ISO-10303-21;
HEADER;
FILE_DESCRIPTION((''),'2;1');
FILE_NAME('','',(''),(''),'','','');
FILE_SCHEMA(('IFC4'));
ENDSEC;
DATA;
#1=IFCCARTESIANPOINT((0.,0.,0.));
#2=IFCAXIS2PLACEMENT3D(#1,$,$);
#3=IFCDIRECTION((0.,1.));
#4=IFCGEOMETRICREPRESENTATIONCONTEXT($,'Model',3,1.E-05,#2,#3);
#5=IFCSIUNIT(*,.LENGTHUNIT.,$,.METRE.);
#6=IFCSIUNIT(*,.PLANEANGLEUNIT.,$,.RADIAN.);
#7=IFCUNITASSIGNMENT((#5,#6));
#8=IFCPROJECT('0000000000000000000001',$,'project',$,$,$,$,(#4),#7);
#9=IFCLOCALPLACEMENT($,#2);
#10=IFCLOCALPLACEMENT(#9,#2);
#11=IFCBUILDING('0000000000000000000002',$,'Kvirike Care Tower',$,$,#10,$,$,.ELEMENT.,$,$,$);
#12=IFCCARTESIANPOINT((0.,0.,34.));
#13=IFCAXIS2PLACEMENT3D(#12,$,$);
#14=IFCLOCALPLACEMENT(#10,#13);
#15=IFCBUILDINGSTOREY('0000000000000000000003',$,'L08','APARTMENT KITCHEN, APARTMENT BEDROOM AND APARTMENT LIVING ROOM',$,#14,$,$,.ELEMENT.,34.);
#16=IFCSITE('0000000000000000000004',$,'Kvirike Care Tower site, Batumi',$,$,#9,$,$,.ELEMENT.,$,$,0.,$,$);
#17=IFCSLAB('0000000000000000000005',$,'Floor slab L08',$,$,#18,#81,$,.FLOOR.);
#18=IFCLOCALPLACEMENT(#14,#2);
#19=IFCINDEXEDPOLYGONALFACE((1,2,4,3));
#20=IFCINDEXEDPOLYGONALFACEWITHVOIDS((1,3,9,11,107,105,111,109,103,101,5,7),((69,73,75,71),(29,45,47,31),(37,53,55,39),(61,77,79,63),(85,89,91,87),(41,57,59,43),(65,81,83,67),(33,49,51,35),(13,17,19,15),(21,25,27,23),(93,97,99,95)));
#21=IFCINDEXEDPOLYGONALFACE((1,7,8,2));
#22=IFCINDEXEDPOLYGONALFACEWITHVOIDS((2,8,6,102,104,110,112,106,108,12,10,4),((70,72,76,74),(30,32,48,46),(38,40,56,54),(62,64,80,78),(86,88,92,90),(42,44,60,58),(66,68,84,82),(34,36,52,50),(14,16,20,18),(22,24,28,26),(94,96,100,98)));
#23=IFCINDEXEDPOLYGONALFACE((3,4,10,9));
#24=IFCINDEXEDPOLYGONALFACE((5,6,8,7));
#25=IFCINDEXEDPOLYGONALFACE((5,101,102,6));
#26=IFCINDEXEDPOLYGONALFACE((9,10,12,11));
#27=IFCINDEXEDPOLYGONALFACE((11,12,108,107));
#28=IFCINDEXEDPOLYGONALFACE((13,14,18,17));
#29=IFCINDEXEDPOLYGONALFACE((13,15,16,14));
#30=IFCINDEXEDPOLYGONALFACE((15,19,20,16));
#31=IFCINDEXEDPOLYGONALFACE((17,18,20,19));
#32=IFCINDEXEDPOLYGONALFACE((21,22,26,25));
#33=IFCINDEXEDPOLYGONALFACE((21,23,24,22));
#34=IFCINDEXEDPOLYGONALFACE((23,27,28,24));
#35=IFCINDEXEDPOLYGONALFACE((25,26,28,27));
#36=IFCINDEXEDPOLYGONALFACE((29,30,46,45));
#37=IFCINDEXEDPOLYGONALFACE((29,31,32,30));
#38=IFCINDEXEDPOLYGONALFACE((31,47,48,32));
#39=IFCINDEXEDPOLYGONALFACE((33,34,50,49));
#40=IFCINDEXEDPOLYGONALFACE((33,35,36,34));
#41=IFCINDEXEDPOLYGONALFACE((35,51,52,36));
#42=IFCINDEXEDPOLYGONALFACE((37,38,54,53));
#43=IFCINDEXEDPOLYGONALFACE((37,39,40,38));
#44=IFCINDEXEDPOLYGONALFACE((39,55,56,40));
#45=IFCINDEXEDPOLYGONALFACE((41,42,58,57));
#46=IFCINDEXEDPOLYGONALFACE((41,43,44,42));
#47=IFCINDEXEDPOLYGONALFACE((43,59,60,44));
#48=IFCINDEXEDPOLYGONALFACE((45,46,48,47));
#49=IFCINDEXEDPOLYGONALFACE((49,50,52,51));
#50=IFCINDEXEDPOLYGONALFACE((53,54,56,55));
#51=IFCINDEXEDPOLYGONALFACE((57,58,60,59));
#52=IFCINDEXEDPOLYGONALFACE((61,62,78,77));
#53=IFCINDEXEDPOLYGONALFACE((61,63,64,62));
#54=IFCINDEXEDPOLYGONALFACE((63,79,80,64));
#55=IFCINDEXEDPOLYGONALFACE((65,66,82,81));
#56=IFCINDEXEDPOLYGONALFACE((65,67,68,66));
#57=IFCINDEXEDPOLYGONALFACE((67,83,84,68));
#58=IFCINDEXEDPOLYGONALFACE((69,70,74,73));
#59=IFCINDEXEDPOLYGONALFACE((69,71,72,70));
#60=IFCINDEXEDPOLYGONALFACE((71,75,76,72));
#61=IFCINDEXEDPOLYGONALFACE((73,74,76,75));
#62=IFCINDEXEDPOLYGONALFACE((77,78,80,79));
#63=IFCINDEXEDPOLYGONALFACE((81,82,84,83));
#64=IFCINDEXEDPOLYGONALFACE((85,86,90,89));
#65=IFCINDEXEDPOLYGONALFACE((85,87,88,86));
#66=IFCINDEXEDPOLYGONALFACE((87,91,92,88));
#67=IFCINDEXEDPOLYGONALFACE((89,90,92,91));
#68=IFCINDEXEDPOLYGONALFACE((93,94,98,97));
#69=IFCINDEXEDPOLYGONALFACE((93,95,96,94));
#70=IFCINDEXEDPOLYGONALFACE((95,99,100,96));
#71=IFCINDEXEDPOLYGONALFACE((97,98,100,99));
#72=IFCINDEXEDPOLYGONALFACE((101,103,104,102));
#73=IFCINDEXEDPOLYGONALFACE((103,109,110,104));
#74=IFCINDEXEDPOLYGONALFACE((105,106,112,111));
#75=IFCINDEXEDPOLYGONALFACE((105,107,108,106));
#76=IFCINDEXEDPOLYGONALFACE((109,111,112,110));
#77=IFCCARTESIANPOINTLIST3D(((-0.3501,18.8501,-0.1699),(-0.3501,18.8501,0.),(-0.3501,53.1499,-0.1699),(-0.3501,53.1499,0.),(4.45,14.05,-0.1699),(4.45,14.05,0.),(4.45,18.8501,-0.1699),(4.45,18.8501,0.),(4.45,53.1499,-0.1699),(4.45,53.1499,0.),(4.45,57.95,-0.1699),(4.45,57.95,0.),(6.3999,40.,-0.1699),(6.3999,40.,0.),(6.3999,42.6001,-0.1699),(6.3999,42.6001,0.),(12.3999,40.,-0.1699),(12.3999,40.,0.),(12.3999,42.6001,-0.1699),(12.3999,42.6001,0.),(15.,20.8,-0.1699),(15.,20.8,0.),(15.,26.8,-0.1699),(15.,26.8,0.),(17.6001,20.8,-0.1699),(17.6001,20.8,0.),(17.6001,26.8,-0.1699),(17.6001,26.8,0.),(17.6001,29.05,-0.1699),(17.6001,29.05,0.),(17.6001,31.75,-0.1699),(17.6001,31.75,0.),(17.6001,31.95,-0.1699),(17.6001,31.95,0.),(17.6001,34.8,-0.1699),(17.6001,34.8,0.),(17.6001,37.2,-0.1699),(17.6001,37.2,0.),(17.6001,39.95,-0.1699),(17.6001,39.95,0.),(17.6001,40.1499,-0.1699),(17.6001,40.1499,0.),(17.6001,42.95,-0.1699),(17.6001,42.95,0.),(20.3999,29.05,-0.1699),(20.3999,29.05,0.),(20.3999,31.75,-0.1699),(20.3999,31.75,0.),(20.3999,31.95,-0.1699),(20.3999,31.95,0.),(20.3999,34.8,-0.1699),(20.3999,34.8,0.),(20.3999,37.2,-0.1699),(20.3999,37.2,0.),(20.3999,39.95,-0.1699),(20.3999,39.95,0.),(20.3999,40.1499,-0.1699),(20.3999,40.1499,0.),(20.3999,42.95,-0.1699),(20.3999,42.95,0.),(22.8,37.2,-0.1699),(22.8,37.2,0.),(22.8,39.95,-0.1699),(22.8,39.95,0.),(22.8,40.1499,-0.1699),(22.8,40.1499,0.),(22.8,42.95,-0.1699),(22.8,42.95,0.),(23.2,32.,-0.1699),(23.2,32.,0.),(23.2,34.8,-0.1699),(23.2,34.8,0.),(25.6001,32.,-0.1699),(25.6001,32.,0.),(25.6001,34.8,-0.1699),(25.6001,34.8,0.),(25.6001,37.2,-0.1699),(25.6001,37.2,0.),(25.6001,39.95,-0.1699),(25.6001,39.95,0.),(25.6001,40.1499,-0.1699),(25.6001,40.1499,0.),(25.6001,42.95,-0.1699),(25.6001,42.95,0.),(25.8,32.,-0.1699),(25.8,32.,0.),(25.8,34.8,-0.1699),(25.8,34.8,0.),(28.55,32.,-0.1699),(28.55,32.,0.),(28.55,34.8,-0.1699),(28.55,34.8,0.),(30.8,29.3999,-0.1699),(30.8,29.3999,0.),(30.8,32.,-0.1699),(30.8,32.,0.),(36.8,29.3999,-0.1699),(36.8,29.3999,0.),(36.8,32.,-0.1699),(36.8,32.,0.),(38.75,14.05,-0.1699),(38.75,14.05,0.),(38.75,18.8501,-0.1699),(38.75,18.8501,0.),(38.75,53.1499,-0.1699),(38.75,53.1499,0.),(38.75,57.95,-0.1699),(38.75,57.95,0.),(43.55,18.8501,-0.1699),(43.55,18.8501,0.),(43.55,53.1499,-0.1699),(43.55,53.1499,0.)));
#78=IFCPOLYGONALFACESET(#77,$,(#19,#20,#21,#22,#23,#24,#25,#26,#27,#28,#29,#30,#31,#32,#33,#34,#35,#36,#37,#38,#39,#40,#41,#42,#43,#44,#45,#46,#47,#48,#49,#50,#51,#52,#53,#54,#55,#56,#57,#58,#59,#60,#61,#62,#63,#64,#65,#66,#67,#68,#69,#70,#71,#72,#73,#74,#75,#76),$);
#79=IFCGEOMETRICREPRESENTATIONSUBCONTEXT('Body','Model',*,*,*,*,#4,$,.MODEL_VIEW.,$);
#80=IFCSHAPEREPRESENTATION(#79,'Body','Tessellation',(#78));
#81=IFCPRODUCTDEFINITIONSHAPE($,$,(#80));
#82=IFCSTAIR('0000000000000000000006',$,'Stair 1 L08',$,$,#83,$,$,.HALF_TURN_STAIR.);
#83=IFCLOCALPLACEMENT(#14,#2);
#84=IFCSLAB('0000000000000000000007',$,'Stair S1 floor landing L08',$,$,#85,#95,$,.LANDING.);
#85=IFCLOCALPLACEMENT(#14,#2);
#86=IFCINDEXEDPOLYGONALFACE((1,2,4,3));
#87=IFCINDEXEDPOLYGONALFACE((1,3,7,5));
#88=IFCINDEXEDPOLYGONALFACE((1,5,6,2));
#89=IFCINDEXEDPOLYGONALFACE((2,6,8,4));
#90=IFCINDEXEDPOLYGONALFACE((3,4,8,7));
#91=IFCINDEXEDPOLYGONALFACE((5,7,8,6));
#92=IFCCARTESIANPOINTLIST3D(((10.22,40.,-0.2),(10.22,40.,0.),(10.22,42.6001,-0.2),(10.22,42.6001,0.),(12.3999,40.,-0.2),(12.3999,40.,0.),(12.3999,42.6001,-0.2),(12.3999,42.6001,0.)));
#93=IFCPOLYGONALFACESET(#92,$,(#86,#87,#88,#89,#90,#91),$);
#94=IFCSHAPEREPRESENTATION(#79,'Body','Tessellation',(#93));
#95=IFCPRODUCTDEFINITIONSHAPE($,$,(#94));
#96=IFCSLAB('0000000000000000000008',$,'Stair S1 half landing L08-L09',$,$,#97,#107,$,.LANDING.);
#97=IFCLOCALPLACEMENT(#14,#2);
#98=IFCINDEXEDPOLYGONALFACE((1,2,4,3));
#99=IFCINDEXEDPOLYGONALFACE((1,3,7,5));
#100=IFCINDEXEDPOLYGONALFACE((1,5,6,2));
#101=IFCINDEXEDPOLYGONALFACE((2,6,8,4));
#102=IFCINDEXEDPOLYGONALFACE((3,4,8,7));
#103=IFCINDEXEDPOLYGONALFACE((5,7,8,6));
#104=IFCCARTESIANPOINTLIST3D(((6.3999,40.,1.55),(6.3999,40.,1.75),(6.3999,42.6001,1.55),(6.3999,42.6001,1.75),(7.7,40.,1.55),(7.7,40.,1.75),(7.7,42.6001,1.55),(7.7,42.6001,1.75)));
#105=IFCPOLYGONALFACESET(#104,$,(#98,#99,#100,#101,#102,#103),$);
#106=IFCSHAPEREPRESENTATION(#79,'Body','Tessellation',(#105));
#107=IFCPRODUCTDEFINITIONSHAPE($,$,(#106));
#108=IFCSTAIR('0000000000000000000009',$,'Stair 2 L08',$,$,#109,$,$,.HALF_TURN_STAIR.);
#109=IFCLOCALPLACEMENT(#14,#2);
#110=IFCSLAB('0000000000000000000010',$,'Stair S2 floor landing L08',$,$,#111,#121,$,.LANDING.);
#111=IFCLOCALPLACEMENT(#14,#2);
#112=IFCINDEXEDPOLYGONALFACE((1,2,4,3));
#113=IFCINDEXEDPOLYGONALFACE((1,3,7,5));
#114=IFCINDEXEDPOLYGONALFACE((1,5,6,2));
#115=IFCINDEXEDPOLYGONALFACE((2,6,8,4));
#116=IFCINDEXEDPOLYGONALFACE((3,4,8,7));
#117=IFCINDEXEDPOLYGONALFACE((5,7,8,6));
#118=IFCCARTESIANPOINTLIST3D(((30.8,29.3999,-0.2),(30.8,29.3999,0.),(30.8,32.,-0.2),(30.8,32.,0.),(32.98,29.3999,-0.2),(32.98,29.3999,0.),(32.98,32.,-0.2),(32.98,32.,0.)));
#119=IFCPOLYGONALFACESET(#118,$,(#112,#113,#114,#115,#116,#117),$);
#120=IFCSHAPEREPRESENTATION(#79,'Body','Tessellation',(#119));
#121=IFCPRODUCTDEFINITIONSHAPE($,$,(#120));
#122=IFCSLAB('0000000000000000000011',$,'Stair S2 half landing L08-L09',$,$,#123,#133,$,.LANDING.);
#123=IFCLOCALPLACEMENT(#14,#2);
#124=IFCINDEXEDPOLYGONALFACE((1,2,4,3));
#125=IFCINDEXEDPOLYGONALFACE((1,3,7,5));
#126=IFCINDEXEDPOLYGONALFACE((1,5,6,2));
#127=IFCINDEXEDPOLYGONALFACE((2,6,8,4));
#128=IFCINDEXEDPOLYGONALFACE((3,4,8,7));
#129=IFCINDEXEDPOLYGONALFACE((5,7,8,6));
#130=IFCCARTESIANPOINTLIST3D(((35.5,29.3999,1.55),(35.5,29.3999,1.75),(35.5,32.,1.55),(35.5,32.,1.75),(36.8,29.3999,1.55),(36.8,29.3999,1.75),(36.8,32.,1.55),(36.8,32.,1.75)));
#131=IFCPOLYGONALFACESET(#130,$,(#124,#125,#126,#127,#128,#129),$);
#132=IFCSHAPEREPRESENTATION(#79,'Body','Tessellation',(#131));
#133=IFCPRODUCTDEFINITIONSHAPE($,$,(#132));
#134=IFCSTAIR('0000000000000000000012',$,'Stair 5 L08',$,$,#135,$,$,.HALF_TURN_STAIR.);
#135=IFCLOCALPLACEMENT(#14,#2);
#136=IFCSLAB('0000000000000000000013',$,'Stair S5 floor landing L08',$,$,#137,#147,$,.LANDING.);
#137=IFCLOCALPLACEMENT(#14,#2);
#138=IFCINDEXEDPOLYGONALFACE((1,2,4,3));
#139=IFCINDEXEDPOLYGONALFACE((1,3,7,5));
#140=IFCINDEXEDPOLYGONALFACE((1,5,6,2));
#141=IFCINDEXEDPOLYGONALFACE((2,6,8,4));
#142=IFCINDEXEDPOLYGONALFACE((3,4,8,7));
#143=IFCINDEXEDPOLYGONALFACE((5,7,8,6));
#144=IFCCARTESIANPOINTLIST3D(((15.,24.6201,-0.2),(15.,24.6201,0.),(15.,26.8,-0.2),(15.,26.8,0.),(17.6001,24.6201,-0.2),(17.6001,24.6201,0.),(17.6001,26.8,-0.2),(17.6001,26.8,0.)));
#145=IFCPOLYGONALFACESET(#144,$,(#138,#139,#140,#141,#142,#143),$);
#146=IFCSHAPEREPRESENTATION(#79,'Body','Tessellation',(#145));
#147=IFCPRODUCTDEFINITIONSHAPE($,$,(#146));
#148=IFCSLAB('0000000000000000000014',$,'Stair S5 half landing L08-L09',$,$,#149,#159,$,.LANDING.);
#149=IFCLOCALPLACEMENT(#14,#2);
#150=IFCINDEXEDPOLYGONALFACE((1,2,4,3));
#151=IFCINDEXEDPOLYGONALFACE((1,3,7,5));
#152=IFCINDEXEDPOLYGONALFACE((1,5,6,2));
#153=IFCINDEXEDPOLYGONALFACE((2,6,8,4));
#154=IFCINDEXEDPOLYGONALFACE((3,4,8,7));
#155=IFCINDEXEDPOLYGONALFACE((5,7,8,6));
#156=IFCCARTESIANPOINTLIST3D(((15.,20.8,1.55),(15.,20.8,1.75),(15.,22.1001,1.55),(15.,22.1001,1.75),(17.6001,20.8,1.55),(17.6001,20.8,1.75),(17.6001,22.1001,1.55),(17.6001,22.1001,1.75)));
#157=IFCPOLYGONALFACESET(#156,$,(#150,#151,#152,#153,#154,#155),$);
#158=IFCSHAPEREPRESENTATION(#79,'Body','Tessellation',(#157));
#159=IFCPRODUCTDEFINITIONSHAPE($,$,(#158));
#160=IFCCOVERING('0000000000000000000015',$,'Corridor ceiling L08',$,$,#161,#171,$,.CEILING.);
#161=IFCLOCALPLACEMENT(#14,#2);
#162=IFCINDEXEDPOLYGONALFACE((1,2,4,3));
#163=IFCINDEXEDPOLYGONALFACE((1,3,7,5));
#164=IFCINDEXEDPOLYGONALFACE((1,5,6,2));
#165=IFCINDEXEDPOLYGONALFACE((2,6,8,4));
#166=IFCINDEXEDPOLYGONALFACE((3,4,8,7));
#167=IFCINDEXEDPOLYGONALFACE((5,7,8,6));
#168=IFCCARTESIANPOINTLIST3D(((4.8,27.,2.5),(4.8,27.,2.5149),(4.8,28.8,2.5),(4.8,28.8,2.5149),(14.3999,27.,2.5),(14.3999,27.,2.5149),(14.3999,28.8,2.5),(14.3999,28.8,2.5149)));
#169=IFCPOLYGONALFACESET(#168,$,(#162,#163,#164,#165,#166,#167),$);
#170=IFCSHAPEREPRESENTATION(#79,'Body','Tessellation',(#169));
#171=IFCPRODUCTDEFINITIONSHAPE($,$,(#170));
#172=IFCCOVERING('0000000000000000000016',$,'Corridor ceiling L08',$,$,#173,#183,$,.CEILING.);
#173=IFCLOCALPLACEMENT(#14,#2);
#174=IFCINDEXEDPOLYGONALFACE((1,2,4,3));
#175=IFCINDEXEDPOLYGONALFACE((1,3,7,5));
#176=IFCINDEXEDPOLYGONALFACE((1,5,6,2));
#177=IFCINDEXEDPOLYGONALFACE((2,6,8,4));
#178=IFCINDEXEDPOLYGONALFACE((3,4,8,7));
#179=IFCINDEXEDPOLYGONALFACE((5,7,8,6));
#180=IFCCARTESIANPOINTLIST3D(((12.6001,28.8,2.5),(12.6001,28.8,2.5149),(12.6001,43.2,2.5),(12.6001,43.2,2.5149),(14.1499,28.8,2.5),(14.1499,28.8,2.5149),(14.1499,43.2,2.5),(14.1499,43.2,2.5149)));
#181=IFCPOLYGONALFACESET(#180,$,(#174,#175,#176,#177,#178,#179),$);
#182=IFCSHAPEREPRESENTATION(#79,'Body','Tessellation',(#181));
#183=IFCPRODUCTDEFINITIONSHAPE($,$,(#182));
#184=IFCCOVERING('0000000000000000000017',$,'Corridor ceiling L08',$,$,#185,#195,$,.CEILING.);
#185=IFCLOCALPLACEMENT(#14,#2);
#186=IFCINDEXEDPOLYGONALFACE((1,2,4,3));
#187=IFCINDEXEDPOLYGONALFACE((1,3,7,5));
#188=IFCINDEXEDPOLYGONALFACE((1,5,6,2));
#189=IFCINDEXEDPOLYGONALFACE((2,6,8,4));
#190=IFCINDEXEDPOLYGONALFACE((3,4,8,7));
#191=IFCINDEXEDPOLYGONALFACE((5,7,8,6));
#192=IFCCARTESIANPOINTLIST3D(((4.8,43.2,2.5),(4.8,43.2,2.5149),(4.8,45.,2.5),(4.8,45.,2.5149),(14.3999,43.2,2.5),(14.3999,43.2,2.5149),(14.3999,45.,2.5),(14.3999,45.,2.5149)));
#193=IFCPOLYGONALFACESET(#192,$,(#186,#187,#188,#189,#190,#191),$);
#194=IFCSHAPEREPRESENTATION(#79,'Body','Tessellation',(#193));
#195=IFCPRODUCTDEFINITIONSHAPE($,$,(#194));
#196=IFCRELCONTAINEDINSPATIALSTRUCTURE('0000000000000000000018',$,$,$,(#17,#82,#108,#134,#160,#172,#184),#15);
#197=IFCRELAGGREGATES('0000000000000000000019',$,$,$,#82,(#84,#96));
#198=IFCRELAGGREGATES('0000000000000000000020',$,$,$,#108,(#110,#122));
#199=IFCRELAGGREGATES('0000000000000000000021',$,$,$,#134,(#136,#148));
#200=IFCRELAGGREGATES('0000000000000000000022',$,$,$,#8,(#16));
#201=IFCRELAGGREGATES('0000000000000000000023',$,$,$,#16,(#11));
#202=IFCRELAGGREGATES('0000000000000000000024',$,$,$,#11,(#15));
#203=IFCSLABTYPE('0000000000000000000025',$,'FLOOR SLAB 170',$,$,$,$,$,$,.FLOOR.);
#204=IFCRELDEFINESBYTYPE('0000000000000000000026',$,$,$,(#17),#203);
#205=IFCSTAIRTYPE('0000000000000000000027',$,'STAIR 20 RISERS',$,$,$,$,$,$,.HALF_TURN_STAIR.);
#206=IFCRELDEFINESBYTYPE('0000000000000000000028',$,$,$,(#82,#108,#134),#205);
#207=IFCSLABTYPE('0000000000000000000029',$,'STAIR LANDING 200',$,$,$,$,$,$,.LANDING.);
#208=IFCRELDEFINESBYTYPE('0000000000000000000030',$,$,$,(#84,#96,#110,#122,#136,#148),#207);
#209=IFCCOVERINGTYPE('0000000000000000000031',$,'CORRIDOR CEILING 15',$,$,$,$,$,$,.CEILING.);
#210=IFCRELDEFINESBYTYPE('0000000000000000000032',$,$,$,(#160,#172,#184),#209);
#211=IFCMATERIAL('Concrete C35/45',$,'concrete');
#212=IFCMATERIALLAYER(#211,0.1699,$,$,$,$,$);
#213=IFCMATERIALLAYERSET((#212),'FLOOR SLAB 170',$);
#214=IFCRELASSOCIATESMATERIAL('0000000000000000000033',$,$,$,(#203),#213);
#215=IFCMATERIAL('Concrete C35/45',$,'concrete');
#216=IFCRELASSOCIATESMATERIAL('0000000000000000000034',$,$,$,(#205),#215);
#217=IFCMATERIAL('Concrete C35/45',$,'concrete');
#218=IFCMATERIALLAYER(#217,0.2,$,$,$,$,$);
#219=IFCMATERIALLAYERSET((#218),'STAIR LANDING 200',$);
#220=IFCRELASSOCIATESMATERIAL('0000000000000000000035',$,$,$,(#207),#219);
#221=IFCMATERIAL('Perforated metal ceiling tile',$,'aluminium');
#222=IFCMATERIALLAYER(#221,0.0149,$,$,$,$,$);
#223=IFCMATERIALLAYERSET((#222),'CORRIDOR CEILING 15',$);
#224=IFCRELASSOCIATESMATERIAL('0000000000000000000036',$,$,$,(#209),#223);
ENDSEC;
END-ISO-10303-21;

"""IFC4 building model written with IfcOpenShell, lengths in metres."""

from ifc_helpers import new_model, si_unit, direction, frame, origin, place, context, subcontext, project, spatial, polyline, outline, extrude, material, layer, layer_set, type_object, element, aggregate, save


model = new_model("IFC4")

# Units and contexts
model_context = context("Model", 3, precision=1e-05, world=origin(), true_north=direction((0.0, 1.0)))
body_context = subcontext(model_context, "Body", "Model", "MODEL_VIEW")
ifc_project = project(units=[si_unit("LENGTHUNIT", "METRE"), si_unit("PLANEANGLEUNIT", "RADIAN")], contexts=[model_context])

# Site, building, storey
site_placement = place(None, origin())
site = spatial("IfcSite", under=ifc_project, at=site_placement, Name="Kvirike Care Tower site, Batumi", CompositionType="ELEMENT", RefElevation=0.0)
building_placement = place(site_placement, origin())
building = spatial("IfcBuilding", under=site, at=building_placement, Name="Kvirike Care Tower", CompositionType="ELEMENT")
storey_placement = place(building_placement, frame((0.0, 0.0, 34.0)))
storey = spatial("IfcBuildingStorey", under=building, at=storey_placement, Name="L08", Description="APARTMENT KITCHEN, APARTMENT BEDROOM AND APARTMENT LIVING ROOM", CompositionType="ELEMENT", Elevation=34.0)

# Slab
ifc_material_1 = material(Name="Concrete C35/45", Category="concrete")
ifc_layer_1 = layer(ifc_material_1, 0.1699)
ifc_layer_set_1 = layer_set([ifc_layer_1], Name="FLOOR SLAB 170")
slab_type_1 = type_object("IfcSlabType", Name="FLOOR SLAB 170", PredefinedType="FLOOR", material=ifc_layer_set_1)
slab_1_placement = place(storey_placement, frame((0.0, 0.0, -0.1699)))
element("IfcSlab", 1, at=slab_1_placement, inside=storey, type_object=slab_type_1, Name="Floor slab L08", PredefinedType="FLOOR", context=body_context, shape_type="SweptSolid", body=[
    extrude(outline(polyline([(-0.3501, 53.1499), (-0.3501, 18.8501), (4.45, 18.8501), (4.45, 14.05), (38.75, 14.05), (38.75, 18.8501), (43.55, 18.8501), (43.55, 53.1499), (38.75, 53.1499), (38.75, 57.95), (4.45, 57.95), (4.45, 53.1499), (-0.3501, 53.1499)]), holes=[polyline([(17.6001, 29.05), (17.6001, 31.75), (20.3999, 31.75), (20.3999, 29.05), (17.6001, 29.05)]), polyline([(17.6001, 31.95), (17.6001, 34.8), (20.3999, 34.8), (20.3999, 31.95), (17.6001, 31.95)]), polyline([(17.6001, 37.2), (17.6001, 39.95), (20.3999, 39.95), (20.3999, 37.2), (17.6001, 37.2)]), polyline([(17.6001, 40.1499), (17.6001, 42.95), (20.3999, 42.95), (20.3999, 40.1499), (17.6001, 40.1499)]), polyline([(22.8, 37.2), (22.8, 39.95), (25.6001, 39.95), (25.6001, 37.2), (22.8, 37.2)]), polyline([(22.8, 40.1499), (22.8, 42.95), (25.6001, 42.95), (25.6001, 40.1499), (22.8, 40.1499)]), polyline([(23.2, 32.0), (23.2, 34.8), (25.6001, 34.8), (25.6001, 32.0), (23.2, 32.0)]), polyline([(25.8, 32.0), (25.8, 34.8), (28.55, 34.8), (28.55, 32.0), (25.8, 32.0)]), polyline([(12.3999, 42.6001), (12.3999, 40.0), (6.3999, 40.0), (6.3999, 42.6001), (12.3999, 42.6001)]), polyline([(30.8, 29.3999), (30.8, 32.0), (36.8, 32.0), (36.8, 29.3999), (30.8, 29.3999)]), polyline([(15.0, 26.8), (17.6001, 26.8), (17.6001, 20.8), (15.0, 20.8), (15.0, 26.8)])]), origin(), (0.0, 0.0, 1.0), 0.1699),
])

# Stairs, slabs
ifc_material_2 = material(Name="Concrete C35/45", Category="concrete")
stair_type = type_object("IfcStairType", Name="STAIR 20 RISERS", PredefinedType="HALF_TURN_STAIR", material=ifc_material_2)
stair_1_placement = place(storey_placement, origin())
stair_1 = element("IfcStair", 2, at=stair_1_placement, inside=storey, type_object=stair_type, Name="Stair 1 L08", PredefinedType="HALF_TURN_STAIR")
ifc_material_3 = material(Name="Concrete C35/45", Category="concrete")
ifc_layer_2 = layer(ifc_material_3, 0.2)
ifc_layer_set_2 = layer_set([ifc_layer_2], Name="STAIR LANDING 200")
slab_type_2 = type_object("IfcSlabType", Name="STAIR LANDING 200", PredefinedType="LANDING", material=ifc_layer_set_2)
slab_2_placement = place(storey_placement, frame((0.0, 0.0, -0.2)))
slab_2 = element("IfcSlab", 3, at=slab_2_placement, type_object=slab_type_2, Name="Stair S1 floor landing L08", PredefinedType="LANDING", context=body_context, shape_type="SweptSolid", body=[
    extrude(outline(polyline([(10.22, 42.6001), (10.22, 40.0), (12.3999, 40.0), (12.3999, 42.6001), (10.22, 42.6001)])), origin(), (0.0, 0.0, 1.0), 0.2),
])
slab_3_placement = place(storey_placement, frame((0.0, 0.0, 1.55)))
slab_3 = element("IfcSlab", 4, at=slab_3_placement, type_object=slab_type_2, Name="Stair S1 half landing L08-L09", PredefinedType="LANDING", context=body_context, shape_type="SweptSolid", body=[
    extrude(outline(polyline([(6.3999, 42.6001), (6.3999, 40.0), (7.7, 40.0), (7.7, 42.6001), (6.3999, 42.6001)])), origin(), (0.0, 0.0, 1.0), 0.2),
])
aggregate(stair_1, [slab_2, slab_3])
stair_2_placement = place(storey_placement, origin())
stair_2 = element("IfcStair", 5, at=stair_2_placement, inside=storey, type_object=stair_type, Name="Stair 2 L08", PredefinedType="HALF_TURN_STAIR")
slab_4_placement = place(storey_placement, frame((0.0, 0.0, -0.2)))
slab_4 = element("IfcSlab", 6, at=slab_4_placement, type_object=slab_type_2, Name="Stair S2 floor landing L08", PredefinedType="LANDING", context=body_context, shape_type="SweptSolid", body=[
    extrude(outline(polyline([(32.98, 29.3999), (32.98, 32.0), (30.8, 32.0), (30.8, 29.3999), (32.98, 29.3999)])), origin(), (0.0, 0.0, 1.0), 0.2),
])
slab_5_placement = place(storey_placement, frame((0.0, 0.0, 1.55)))
slab_5 = element("IfcSlab", 7, at=slab_5_placement, type_object=slab_type_2, Name="Stair S2 half landing L08-L09", PredefinedType="LANDING", context=body_context, shape_type="SweptSolid", body=[
    extrude(outline(polyline([(36.8, 29.3999), (36.8, 32.0), (35.5, 32.0), (35.5, 29.3999), (36.8, 29.3999)])), origin(), (0.0, 0.0, 1.0), 0.2),
])
aggregate(stair_2, [slab_4, slab_5])
stair_3_placement = place(storey_placement, origin())
stair_3 = element("IfcStair", 8, at=stair_3_placement, inside=storey, type_object=stair_type, Name="Stair 5 L08", PredefinedType="HALF_TURN_STAIR")
slab_6_placement = place(storey_placement, frame((0.0, 0.0, -0.2)))
slab_6 = element("IfcSlab", 9, at=slab_6_placement, type_object=slab_type_2, Name="Stair S5 floor landing L08", PredefinedType="LANDING", context=body_context, shape_type="SweptSolid", body=[
    extrude(outline(polyline([(15.0, 24.6201), (17.6001, 24.6201), (17.6001, 26.8), (15.0, 26.8), (15.0, 24.6201)])), origin(), (0.0, 0.0, 1.0), 0.2),
])
slab_7_placement = place(storey_placement, frame((0.0, 0.0, 1.55)))
slab_7 = element("IfcSlab", 10, at=slab_7_placement, type_object=slab_type_2, Name="Stair S5 half landing L08-L09", PredefinedType="LANDING", context=body_context, shape_type="SweptSolid", body=[
    extrude(outline(polyline([(15.0, 20.8), (17.6001, 20.8), (17.6001, 22.1001), (15.0, 22.1001), (15.0, 20.8)])), origin(), (0.0, 0.0, 1.0), 0.2),
])
aggregate(stair_3, [slab_6, slab_7])

# Coverings
ifc_material_4 = material(Name="Perforated metal ceiling tile", Category="aluminium")
ifc_layer_3 = layer(ifc_material_4, 0.0149)
ifc_layer_set_3 = layer_set([ifc_layer_3], Name="CORRIDOR CEILING 15")
covering_type_1 = type_object("IfcCoveringType", Name="CORRIDOR CEILING 15", PredefinedType="CEILING", material=ifc_layer_set_3)
covering_1_placement = place(storey_placement, frame((0.0, 0.0, 2.5)))
element("IfcCovering", 11, at=covering_1_placement, inside=storey, type_object=covering_type_1, Name="Corridor ceiling L08", PredefinedType="CEILING", context=body_context, shape_type="SweptSolid", body=[
    extrude(outline(polyline([(4.8, 27.0), (4.8, 28.8), (14.3999, 28.8), (14.3999, 27.0), (4.8, 27.0)])), origin(), (0.0, 0.0, 1.0), 0.0149),
])
covering_2_placement = place(storey_placement, frame((0.0, 0.0, 2.5)))
element("IfcCovering", 12, at=covering_2_placement, inside=storey, type_object=covering_type_1, Name="Corridor ceiling L08", PredefinedType="CEILING", context=body_context, shape_type="SweptSolid", body=[
    extrude(outline(polyline([(12.6001, 43.2), (14.1499, 43.2), (14.1499, 28.8), (12.6001, 28.8), (12.6001, 43.2)])), origin(), (0.0, 0.0, 1.0), 0.0149),
])
covering_3_placement = place(storey_placement, frame((0.0, 0.0, 2.5)))
element("IfcCovering", 13, at=covering_3_placement, inside=storey, type_object=covering_type_1, Name="Corridor ceiling L08", PredefinedType="CEILING", context=body_context, shape_type="SweptSolid", body=[
    extrude(outline(polyline([(14.3999, 45.0), (14.3999, 43.2), (4.8, 43.2), (4.8, 45.0), (14.3999, 45.0)])), origin(), (0.0, 0.0, 1.0), 0.0149),
])

save(model, "model.ifc")
